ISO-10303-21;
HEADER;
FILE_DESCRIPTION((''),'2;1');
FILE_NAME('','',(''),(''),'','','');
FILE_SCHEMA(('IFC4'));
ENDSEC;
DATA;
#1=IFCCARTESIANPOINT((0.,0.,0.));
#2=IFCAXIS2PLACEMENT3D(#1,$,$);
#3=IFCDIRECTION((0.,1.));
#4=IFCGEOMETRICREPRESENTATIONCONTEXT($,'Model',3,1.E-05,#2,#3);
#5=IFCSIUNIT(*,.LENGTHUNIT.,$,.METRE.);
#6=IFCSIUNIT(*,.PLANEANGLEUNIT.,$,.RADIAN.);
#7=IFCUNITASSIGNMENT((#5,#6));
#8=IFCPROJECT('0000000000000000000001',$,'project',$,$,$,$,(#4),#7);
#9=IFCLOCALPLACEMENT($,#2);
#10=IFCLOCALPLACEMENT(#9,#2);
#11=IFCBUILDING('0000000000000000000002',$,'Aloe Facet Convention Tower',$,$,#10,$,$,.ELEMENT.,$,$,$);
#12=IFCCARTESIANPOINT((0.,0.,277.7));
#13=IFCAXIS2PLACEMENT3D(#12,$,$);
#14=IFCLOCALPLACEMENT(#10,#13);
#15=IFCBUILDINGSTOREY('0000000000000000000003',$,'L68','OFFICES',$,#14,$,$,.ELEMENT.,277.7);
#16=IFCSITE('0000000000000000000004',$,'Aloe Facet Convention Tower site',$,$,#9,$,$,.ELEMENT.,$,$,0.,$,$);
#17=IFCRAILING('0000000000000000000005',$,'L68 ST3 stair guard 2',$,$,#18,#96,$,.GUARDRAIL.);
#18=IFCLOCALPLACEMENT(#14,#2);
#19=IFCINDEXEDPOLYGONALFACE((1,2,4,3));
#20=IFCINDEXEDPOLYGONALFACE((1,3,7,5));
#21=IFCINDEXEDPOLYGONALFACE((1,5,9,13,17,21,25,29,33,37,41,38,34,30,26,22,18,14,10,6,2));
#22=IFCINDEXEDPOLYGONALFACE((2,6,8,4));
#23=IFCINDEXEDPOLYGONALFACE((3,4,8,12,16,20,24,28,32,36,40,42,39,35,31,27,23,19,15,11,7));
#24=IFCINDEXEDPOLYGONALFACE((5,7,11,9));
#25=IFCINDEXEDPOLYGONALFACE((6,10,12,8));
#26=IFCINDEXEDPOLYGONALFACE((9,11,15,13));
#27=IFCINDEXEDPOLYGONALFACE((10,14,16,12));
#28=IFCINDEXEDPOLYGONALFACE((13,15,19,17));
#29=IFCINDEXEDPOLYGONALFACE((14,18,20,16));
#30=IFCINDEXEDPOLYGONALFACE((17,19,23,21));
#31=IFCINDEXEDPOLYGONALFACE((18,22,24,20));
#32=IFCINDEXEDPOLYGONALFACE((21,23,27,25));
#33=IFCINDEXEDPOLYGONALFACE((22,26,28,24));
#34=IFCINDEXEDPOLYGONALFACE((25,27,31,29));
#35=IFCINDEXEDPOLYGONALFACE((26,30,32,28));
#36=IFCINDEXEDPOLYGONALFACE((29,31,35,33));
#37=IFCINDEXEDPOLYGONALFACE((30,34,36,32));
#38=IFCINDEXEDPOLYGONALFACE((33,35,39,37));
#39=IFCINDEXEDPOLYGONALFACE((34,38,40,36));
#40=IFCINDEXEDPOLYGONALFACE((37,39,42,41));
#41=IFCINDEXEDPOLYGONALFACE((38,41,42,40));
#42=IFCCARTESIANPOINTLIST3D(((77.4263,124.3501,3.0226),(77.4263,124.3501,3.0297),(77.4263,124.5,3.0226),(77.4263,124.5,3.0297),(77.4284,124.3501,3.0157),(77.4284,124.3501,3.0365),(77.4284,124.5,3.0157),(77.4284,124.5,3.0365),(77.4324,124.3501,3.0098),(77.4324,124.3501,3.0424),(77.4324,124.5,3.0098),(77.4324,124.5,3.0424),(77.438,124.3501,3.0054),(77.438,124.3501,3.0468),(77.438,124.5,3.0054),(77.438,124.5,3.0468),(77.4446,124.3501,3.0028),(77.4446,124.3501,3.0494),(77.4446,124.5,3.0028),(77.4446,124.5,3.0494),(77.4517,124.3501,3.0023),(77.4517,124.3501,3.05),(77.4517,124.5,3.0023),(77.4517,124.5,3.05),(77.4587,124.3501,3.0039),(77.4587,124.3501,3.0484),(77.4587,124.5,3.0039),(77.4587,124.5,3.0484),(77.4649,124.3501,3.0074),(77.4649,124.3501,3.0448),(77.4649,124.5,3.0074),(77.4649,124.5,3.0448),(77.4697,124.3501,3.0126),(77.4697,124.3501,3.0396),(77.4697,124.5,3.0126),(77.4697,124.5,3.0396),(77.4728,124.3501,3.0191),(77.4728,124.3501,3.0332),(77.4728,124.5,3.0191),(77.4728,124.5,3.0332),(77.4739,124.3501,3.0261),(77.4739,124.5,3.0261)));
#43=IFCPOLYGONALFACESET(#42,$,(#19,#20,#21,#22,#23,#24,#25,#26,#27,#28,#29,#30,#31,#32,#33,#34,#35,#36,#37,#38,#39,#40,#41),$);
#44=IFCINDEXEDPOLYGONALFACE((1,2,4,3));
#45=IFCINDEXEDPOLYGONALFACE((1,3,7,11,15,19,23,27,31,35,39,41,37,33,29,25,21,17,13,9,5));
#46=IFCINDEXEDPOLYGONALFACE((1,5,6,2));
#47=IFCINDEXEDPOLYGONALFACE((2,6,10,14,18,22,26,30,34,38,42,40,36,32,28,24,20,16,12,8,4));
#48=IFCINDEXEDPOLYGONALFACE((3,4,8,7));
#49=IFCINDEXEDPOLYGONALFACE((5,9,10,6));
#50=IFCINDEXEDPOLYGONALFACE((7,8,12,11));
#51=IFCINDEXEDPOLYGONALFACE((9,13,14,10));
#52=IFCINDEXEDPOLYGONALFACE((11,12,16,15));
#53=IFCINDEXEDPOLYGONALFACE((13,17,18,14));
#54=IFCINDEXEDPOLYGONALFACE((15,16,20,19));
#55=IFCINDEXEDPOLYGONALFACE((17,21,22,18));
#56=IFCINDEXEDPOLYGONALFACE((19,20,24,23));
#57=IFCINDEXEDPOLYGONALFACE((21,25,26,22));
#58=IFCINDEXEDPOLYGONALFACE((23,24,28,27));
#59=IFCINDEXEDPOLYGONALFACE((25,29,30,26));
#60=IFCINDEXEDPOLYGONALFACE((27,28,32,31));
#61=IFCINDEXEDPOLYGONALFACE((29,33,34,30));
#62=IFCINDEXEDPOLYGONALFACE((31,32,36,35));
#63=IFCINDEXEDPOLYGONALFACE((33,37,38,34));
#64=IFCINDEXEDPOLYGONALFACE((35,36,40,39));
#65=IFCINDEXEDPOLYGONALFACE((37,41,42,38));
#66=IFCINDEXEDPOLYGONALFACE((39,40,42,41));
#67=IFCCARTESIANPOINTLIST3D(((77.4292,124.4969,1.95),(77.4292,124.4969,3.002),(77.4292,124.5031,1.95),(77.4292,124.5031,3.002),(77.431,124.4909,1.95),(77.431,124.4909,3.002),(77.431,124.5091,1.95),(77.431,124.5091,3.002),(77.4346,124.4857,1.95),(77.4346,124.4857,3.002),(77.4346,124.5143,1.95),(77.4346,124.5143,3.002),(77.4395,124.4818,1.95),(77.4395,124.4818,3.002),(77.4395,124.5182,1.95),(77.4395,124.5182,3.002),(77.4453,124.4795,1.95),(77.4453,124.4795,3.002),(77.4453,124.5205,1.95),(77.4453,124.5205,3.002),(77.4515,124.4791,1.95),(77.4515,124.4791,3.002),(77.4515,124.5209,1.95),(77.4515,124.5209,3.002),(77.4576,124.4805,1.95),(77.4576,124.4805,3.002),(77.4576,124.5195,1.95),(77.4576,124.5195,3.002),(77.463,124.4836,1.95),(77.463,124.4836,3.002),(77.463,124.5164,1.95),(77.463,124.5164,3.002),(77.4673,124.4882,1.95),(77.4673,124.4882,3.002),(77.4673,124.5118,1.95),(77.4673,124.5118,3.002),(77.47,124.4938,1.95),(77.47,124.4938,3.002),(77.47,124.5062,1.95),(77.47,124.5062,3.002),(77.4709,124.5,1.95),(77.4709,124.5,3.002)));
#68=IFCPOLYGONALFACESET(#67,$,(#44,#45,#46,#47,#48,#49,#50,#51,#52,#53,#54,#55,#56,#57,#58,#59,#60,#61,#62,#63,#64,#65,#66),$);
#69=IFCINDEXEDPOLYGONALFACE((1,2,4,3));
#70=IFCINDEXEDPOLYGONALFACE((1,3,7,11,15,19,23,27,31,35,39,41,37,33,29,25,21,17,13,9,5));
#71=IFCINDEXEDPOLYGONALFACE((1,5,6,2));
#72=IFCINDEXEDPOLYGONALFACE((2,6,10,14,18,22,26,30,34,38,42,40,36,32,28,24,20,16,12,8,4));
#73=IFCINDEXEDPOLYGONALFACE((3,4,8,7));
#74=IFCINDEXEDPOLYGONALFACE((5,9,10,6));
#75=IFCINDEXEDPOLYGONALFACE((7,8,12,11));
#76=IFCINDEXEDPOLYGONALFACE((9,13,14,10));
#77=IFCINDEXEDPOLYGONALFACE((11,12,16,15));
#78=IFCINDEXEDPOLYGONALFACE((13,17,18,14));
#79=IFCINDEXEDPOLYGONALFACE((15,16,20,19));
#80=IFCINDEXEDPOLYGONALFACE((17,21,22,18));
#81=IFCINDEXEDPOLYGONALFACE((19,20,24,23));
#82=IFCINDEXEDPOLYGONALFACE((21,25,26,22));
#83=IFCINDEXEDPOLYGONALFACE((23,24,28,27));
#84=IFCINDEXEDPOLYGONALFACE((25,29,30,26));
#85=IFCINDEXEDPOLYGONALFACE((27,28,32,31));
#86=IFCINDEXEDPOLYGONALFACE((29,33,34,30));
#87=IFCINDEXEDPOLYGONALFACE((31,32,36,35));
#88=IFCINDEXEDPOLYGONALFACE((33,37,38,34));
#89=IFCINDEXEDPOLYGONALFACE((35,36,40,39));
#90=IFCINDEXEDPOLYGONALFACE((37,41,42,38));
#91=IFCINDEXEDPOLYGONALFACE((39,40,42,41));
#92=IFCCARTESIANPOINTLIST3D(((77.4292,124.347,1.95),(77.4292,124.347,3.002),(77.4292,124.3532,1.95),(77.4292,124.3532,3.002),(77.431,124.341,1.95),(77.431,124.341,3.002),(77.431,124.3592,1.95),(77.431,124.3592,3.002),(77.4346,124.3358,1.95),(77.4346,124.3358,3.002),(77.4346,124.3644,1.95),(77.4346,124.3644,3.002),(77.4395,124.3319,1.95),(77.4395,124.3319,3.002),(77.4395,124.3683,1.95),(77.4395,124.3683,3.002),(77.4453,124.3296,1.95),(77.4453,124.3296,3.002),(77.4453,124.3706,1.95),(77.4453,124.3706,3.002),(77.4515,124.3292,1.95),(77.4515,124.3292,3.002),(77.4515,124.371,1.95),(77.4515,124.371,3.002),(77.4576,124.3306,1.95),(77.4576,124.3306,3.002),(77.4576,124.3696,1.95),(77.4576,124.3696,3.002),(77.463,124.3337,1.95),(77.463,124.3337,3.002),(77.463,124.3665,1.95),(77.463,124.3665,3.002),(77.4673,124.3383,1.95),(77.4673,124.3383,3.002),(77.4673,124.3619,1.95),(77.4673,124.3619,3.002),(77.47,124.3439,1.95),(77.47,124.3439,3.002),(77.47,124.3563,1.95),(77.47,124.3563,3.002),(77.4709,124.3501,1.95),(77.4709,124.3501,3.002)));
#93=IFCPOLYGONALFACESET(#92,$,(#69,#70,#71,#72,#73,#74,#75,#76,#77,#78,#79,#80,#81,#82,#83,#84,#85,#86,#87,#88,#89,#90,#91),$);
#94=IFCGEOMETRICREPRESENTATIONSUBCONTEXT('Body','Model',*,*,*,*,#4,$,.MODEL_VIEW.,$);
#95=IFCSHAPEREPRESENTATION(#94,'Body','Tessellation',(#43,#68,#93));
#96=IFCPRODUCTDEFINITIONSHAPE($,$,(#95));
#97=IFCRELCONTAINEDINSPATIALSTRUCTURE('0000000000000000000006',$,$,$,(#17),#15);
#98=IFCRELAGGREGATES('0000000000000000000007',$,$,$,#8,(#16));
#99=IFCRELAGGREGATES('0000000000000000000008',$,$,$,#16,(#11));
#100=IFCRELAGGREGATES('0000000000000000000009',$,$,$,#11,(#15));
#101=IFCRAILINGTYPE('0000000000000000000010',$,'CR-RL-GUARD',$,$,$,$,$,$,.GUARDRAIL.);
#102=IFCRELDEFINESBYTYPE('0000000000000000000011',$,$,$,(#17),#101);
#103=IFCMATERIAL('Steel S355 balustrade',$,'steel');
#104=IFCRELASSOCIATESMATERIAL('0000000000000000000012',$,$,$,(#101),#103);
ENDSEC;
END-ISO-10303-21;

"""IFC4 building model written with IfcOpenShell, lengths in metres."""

from ifc_helpers import new_model, si_unit, direction, frame, origin, origin_2d, place, context, subcontext, project, spatial, circle, extrude, material, type_object, element, save


model = new_model("IFC4")

# Units and contexts
model_context = context("Model", 3, precision=1e-05, world=origin(), true_north=direction((0.0, 1.0)))
body_context = subcontext(model_context, "Body", "Model", "MODEL_VIEW")
ifc_project = project(units=[si_unit("LENGTHUNIT", "METRE"), si_unit("PLANEANGLEUNIT", "RADIAN")], contexts=[model_context])

# Site, building, storey
site_placement = place(None, origin())
site = spatial("IfcSite", under=ifc_project, at=site_placement, Name="Aloe Facet Convention Tower site", CompositionType="ELEMENT", RefElevation=0.0)
building_placement = place(site_placement, origin())
building = spatial("IfcBuilding", under=site, at=building_placement, Name="Aloe Facet Convention Tower", CompositionType="ELEMENT")
storey_placement = place(building_placement, frame((0.0, 0.0, 277.7)))
storey = spatial("IfcBuildingStorey", under=building, at=storey_placement, Name="L68", Description="OFFICES", CompositionType="ELEMENT", Elevation=277.7)

# Railing
ifc_material_1 = material(Name="Steel S355 balustrade", Category="steel")
railing_type_1 = type_object("IfcRailingType", Name="CR-RL-GUARD", PredefinedType="GUARDRAIL", material=ifc_material_1)
railing_1_placement = place(storey_placement, frame((77.45, 124.5, 1.95)))
element("IfcRailing", 1, at=railing_1_placement, inside=storey, type_object=railing_type_1, Name="L68 ST3 stair guard 2", PredefinedType="GUARDRAIL", context=body_context, shape_type="SweptSolid", body=[
    extrude(circle(Radius=0.0239, at=origin_2d()), frame((0.0, 0.0, 1.0762), z_axis=(0.0, -1.0, 0.0), x_axis=(1.0, 0.0, 0.0)), (0.0, 0.0, 1.0), 0.1499),
    extrude(circle(Radius=0.021, at=origin_2d()), origin(), (0.0, 0.0, 1.0), 1.052),
    extrude(circle(Radius=0.021, at=origin_2d()), frame((0.0, -0.1499, 0.0)), (0.0, 0.0, 1.0), 1.052),
])

save(model, "model.ifc")
